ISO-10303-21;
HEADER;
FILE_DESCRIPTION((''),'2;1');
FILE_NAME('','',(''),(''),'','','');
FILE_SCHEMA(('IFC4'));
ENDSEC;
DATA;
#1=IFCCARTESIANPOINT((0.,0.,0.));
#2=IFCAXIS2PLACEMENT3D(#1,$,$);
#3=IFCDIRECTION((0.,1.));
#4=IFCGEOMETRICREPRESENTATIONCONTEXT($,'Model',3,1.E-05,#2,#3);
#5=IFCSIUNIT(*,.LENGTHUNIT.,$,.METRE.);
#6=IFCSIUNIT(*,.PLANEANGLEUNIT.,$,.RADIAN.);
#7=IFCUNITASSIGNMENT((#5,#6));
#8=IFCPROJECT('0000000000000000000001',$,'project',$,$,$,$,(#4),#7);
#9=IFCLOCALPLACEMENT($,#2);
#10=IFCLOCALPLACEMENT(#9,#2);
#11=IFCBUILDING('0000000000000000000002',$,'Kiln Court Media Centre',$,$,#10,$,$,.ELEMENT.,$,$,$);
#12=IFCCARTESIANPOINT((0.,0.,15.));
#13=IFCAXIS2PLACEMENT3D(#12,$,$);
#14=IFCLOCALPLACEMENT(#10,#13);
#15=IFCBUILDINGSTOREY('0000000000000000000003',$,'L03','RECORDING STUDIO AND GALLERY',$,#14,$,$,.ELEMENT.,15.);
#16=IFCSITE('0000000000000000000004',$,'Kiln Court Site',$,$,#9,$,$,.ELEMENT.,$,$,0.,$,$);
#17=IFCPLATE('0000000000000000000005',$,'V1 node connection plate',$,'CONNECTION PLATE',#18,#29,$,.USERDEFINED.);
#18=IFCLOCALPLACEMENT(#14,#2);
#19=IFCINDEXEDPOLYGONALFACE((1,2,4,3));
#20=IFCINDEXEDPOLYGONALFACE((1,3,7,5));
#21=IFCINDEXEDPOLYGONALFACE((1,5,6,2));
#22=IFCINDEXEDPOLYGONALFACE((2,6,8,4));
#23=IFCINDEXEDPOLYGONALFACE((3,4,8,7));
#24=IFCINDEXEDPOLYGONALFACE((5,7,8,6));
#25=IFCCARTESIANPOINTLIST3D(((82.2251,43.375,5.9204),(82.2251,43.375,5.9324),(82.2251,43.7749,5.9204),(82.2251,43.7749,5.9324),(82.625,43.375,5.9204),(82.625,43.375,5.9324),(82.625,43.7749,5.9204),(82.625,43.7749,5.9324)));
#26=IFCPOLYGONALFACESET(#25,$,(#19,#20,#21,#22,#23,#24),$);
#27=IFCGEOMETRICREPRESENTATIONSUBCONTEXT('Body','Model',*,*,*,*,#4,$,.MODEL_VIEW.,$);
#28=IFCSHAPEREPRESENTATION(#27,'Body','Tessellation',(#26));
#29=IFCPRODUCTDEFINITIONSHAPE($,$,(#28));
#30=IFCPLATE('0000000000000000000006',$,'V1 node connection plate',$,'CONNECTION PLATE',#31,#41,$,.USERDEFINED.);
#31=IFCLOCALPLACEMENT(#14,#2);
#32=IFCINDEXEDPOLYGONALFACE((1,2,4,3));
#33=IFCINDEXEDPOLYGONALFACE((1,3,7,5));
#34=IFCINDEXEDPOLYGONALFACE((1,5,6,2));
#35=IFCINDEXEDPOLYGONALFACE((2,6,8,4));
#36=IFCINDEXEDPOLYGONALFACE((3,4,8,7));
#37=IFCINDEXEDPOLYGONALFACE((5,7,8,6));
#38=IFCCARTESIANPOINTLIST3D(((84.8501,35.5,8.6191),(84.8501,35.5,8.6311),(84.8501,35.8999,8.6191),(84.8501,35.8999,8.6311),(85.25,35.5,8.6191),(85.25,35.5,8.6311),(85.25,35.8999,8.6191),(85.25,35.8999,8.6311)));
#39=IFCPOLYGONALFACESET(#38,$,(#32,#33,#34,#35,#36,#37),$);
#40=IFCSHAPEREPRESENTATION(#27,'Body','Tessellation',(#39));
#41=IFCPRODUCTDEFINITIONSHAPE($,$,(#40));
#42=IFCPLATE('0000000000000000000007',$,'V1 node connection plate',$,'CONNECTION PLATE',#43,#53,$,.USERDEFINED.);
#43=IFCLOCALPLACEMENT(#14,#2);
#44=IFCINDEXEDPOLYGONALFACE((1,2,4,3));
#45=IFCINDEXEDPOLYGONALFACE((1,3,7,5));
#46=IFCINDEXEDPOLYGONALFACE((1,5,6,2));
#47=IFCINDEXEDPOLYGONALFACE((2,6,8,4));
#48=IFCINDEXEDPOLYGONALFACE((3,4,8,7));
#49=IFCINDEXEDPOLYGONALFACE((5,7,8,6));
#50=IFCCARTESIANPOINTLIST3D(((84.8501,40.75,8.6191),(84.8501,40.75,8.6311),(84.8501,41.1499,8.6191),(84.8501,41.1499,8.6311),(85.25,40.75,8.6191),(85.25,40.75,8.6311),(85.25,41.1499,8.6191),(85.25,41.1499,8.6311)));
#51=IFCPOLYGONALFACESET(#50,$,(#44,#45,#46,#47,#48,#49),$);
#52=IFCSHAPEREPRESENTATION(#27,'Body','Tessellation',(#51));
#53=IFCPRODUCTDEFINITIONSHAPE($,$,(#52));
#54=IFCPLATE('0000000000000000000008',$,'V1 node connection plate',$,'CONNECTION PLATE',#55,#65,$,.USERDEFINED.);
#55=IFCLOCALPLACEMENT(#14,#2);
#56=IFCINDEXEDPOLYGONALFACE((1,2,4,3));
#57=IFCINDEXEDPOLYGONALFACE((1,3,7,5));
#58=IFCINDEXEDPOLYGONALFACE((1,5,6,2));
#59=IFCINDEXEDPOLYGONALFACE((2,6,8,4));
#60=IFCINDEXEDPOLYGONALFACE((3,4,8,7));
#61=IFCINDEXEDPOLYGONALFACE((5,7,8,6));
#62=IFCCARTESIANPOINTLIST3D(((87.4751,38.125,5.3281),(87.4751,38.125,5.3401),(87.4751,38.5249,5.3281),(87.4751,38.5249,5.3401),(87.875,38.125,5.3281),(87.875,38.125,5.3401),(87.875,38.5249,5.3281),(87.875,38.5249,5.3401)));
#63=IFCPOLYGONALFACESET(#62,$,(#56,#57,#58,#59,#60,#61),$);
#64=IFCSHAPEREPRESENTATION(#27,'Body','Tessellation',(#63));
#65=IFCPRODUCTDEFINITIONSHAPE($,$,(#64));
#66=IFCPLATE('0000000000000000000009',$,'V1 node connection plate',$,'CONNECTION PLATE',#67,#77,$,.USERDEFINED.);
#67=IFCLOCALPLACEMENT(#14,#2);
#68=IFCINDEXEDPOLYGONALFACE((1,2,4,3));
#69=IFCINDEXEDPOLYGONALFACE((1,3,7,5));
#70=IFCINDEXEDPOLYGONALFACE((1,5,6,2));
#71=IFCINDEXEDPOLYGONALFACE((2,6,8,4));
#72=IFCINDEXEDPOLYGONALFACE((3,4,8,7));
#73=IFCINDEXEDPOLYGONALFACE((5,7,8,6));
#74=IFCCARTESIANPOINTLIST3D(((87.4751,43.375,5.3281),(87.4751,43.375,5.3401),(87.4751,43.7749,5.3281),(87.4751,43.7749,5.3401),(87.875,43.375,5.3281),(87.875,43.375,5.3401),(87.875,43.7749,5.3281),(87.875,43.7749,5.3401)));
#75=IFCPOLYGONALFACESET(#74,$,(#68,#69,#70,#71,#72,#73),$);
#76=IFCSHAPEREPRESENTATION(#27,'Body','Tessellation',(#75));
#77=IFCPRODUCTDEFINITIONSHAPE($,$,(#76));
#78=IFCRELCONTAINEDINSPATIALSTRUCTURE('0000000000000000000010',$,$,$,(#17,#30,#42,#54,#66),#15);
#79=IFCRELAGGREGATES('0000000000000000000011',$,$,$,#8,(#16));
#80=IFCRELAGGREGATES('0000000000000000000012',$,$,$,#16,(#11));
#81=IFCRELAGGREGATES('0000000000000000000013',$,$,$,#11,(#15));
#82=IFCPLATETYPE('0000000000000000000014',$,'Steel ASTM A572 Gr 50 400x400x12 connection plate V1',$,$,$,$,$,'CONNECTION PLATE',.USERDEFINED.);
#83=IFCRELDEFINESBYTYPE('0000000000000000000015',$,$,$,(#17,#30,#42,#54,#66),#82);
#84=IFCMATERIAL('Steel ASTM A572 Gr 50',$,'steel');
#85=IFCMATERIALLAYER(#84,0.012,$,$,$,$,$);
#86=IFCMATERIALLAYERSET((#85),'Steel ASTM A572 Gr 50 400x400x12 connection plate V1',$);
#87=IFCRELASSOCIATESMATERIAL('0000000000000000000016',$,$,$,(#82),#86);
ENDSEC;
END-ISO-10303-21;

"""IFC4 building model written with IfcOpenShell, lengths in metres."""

from ifc_helpers import new_model, si_unit, direction, frame, origin, origin_2d, place, context, subcontext, project, spatial, rectangle, extrude, material, layer, layer_set, type_object, element, save


model = new_model("IFC4")

# Units and contexts
model_context = context("Model", 3, precision=1e-05, world=origin(), true_north=direction((0.0, 1.0)))
body_context = subcontext(model_context, "Body", "Model", "MODEL_VIEW")
ifc_project = project(units=[si_unit("LENGTHUNIT", "METRE"), si_unit("PLANEANGLEUNIT", "RADIAN")], contexts=[model_context])

# Site, building, storey
site_placement = place(None, origin())
site = spatial("IfcSite", under=ifc_project, at=site_placement, Name="Kiln Court Site", CompositionType="ELEMENT", RefElevation=0.0)
building_placement = place(site_placement, origin())
building = spatial("IfcBuilding", under=site, at=building_placement, Name="Kiln Court Media Centre", CompositionType="ELEMENT")
storey_placement = place(building_placement, frame((0.0, 0.0, 15.0)))
storey = spatial("IfcBuildingStorey", under=building, at=storey_placement, Name="L03", Description="RECORDING STUDIO AND GALLERY", CompositionType="ELEMENT", Elevation=15.0)

# Plates
ifc_material_1 = material(Name="Steel ASTM A572 Gr 50", Category="steel")
ifc_layer_1 = layer(ifc_material_1, 0.012)
ifc_layer_set_1 = layer_set([ifc_layer_1], Name="Steel ASTM A572 Gr 50 400x400x12 connection plate V1")
plate_type_1 = type_object("IfcPlateType", Name="Steel ASTM A572 Gr 50 400x400x12 connection plate V1", ElementType="CONNECTION PLATE", PredefinedType="USERDEFINED", material=ifc_layer_set_1)
for number, where, z_axis, x_axis, name in (
    (1, (82.425, 43.575, 5.9204), (0.0, 0.0, 1.0), (1.0, 0.0, 0.0), "V1 node connection plate"),
    (2, (85.05, 35.7, 8.6191), (0.0, 0.0, 1.0), (1.0, 0.0, 0.0), "V1 node connection plate"),
    (3, (85.05, 40.95, 8.6191), (0.0, 0.0, 1.0), (1.0, 0.0, 0.0), "V1 node connection plate"),
    (4, (87.675, 38.325, 5.3281), (0.0, 0.0, 1.0), (1.0, 0.0, 0.0), "V1 node connection plate"),
    (5, (87.675, 43.575, 5.3281), (0.0, 0.0, 1.0), (1.0, 0.0, 0.0), "V1 node connection plate"),
):
    element("IfcPlate", number, at=place(storey_placement, frame(where, z_axis=z_axis, x_axis=x_axis)), inside=storey, type_object=plate_type_1, Name=name, ObjectType="CONNECTION PLATE", PredefinedType="USERDEFINED", context=body_context, shape_type="SweptSolid", body=[
        extrude(rectangle(XDim=0.3999, YDim=0.3999, at=origin_2d()), origin(), (0.0, 0.0, 1.0), 0.012),
    ])

save(model, "model.ifc")
